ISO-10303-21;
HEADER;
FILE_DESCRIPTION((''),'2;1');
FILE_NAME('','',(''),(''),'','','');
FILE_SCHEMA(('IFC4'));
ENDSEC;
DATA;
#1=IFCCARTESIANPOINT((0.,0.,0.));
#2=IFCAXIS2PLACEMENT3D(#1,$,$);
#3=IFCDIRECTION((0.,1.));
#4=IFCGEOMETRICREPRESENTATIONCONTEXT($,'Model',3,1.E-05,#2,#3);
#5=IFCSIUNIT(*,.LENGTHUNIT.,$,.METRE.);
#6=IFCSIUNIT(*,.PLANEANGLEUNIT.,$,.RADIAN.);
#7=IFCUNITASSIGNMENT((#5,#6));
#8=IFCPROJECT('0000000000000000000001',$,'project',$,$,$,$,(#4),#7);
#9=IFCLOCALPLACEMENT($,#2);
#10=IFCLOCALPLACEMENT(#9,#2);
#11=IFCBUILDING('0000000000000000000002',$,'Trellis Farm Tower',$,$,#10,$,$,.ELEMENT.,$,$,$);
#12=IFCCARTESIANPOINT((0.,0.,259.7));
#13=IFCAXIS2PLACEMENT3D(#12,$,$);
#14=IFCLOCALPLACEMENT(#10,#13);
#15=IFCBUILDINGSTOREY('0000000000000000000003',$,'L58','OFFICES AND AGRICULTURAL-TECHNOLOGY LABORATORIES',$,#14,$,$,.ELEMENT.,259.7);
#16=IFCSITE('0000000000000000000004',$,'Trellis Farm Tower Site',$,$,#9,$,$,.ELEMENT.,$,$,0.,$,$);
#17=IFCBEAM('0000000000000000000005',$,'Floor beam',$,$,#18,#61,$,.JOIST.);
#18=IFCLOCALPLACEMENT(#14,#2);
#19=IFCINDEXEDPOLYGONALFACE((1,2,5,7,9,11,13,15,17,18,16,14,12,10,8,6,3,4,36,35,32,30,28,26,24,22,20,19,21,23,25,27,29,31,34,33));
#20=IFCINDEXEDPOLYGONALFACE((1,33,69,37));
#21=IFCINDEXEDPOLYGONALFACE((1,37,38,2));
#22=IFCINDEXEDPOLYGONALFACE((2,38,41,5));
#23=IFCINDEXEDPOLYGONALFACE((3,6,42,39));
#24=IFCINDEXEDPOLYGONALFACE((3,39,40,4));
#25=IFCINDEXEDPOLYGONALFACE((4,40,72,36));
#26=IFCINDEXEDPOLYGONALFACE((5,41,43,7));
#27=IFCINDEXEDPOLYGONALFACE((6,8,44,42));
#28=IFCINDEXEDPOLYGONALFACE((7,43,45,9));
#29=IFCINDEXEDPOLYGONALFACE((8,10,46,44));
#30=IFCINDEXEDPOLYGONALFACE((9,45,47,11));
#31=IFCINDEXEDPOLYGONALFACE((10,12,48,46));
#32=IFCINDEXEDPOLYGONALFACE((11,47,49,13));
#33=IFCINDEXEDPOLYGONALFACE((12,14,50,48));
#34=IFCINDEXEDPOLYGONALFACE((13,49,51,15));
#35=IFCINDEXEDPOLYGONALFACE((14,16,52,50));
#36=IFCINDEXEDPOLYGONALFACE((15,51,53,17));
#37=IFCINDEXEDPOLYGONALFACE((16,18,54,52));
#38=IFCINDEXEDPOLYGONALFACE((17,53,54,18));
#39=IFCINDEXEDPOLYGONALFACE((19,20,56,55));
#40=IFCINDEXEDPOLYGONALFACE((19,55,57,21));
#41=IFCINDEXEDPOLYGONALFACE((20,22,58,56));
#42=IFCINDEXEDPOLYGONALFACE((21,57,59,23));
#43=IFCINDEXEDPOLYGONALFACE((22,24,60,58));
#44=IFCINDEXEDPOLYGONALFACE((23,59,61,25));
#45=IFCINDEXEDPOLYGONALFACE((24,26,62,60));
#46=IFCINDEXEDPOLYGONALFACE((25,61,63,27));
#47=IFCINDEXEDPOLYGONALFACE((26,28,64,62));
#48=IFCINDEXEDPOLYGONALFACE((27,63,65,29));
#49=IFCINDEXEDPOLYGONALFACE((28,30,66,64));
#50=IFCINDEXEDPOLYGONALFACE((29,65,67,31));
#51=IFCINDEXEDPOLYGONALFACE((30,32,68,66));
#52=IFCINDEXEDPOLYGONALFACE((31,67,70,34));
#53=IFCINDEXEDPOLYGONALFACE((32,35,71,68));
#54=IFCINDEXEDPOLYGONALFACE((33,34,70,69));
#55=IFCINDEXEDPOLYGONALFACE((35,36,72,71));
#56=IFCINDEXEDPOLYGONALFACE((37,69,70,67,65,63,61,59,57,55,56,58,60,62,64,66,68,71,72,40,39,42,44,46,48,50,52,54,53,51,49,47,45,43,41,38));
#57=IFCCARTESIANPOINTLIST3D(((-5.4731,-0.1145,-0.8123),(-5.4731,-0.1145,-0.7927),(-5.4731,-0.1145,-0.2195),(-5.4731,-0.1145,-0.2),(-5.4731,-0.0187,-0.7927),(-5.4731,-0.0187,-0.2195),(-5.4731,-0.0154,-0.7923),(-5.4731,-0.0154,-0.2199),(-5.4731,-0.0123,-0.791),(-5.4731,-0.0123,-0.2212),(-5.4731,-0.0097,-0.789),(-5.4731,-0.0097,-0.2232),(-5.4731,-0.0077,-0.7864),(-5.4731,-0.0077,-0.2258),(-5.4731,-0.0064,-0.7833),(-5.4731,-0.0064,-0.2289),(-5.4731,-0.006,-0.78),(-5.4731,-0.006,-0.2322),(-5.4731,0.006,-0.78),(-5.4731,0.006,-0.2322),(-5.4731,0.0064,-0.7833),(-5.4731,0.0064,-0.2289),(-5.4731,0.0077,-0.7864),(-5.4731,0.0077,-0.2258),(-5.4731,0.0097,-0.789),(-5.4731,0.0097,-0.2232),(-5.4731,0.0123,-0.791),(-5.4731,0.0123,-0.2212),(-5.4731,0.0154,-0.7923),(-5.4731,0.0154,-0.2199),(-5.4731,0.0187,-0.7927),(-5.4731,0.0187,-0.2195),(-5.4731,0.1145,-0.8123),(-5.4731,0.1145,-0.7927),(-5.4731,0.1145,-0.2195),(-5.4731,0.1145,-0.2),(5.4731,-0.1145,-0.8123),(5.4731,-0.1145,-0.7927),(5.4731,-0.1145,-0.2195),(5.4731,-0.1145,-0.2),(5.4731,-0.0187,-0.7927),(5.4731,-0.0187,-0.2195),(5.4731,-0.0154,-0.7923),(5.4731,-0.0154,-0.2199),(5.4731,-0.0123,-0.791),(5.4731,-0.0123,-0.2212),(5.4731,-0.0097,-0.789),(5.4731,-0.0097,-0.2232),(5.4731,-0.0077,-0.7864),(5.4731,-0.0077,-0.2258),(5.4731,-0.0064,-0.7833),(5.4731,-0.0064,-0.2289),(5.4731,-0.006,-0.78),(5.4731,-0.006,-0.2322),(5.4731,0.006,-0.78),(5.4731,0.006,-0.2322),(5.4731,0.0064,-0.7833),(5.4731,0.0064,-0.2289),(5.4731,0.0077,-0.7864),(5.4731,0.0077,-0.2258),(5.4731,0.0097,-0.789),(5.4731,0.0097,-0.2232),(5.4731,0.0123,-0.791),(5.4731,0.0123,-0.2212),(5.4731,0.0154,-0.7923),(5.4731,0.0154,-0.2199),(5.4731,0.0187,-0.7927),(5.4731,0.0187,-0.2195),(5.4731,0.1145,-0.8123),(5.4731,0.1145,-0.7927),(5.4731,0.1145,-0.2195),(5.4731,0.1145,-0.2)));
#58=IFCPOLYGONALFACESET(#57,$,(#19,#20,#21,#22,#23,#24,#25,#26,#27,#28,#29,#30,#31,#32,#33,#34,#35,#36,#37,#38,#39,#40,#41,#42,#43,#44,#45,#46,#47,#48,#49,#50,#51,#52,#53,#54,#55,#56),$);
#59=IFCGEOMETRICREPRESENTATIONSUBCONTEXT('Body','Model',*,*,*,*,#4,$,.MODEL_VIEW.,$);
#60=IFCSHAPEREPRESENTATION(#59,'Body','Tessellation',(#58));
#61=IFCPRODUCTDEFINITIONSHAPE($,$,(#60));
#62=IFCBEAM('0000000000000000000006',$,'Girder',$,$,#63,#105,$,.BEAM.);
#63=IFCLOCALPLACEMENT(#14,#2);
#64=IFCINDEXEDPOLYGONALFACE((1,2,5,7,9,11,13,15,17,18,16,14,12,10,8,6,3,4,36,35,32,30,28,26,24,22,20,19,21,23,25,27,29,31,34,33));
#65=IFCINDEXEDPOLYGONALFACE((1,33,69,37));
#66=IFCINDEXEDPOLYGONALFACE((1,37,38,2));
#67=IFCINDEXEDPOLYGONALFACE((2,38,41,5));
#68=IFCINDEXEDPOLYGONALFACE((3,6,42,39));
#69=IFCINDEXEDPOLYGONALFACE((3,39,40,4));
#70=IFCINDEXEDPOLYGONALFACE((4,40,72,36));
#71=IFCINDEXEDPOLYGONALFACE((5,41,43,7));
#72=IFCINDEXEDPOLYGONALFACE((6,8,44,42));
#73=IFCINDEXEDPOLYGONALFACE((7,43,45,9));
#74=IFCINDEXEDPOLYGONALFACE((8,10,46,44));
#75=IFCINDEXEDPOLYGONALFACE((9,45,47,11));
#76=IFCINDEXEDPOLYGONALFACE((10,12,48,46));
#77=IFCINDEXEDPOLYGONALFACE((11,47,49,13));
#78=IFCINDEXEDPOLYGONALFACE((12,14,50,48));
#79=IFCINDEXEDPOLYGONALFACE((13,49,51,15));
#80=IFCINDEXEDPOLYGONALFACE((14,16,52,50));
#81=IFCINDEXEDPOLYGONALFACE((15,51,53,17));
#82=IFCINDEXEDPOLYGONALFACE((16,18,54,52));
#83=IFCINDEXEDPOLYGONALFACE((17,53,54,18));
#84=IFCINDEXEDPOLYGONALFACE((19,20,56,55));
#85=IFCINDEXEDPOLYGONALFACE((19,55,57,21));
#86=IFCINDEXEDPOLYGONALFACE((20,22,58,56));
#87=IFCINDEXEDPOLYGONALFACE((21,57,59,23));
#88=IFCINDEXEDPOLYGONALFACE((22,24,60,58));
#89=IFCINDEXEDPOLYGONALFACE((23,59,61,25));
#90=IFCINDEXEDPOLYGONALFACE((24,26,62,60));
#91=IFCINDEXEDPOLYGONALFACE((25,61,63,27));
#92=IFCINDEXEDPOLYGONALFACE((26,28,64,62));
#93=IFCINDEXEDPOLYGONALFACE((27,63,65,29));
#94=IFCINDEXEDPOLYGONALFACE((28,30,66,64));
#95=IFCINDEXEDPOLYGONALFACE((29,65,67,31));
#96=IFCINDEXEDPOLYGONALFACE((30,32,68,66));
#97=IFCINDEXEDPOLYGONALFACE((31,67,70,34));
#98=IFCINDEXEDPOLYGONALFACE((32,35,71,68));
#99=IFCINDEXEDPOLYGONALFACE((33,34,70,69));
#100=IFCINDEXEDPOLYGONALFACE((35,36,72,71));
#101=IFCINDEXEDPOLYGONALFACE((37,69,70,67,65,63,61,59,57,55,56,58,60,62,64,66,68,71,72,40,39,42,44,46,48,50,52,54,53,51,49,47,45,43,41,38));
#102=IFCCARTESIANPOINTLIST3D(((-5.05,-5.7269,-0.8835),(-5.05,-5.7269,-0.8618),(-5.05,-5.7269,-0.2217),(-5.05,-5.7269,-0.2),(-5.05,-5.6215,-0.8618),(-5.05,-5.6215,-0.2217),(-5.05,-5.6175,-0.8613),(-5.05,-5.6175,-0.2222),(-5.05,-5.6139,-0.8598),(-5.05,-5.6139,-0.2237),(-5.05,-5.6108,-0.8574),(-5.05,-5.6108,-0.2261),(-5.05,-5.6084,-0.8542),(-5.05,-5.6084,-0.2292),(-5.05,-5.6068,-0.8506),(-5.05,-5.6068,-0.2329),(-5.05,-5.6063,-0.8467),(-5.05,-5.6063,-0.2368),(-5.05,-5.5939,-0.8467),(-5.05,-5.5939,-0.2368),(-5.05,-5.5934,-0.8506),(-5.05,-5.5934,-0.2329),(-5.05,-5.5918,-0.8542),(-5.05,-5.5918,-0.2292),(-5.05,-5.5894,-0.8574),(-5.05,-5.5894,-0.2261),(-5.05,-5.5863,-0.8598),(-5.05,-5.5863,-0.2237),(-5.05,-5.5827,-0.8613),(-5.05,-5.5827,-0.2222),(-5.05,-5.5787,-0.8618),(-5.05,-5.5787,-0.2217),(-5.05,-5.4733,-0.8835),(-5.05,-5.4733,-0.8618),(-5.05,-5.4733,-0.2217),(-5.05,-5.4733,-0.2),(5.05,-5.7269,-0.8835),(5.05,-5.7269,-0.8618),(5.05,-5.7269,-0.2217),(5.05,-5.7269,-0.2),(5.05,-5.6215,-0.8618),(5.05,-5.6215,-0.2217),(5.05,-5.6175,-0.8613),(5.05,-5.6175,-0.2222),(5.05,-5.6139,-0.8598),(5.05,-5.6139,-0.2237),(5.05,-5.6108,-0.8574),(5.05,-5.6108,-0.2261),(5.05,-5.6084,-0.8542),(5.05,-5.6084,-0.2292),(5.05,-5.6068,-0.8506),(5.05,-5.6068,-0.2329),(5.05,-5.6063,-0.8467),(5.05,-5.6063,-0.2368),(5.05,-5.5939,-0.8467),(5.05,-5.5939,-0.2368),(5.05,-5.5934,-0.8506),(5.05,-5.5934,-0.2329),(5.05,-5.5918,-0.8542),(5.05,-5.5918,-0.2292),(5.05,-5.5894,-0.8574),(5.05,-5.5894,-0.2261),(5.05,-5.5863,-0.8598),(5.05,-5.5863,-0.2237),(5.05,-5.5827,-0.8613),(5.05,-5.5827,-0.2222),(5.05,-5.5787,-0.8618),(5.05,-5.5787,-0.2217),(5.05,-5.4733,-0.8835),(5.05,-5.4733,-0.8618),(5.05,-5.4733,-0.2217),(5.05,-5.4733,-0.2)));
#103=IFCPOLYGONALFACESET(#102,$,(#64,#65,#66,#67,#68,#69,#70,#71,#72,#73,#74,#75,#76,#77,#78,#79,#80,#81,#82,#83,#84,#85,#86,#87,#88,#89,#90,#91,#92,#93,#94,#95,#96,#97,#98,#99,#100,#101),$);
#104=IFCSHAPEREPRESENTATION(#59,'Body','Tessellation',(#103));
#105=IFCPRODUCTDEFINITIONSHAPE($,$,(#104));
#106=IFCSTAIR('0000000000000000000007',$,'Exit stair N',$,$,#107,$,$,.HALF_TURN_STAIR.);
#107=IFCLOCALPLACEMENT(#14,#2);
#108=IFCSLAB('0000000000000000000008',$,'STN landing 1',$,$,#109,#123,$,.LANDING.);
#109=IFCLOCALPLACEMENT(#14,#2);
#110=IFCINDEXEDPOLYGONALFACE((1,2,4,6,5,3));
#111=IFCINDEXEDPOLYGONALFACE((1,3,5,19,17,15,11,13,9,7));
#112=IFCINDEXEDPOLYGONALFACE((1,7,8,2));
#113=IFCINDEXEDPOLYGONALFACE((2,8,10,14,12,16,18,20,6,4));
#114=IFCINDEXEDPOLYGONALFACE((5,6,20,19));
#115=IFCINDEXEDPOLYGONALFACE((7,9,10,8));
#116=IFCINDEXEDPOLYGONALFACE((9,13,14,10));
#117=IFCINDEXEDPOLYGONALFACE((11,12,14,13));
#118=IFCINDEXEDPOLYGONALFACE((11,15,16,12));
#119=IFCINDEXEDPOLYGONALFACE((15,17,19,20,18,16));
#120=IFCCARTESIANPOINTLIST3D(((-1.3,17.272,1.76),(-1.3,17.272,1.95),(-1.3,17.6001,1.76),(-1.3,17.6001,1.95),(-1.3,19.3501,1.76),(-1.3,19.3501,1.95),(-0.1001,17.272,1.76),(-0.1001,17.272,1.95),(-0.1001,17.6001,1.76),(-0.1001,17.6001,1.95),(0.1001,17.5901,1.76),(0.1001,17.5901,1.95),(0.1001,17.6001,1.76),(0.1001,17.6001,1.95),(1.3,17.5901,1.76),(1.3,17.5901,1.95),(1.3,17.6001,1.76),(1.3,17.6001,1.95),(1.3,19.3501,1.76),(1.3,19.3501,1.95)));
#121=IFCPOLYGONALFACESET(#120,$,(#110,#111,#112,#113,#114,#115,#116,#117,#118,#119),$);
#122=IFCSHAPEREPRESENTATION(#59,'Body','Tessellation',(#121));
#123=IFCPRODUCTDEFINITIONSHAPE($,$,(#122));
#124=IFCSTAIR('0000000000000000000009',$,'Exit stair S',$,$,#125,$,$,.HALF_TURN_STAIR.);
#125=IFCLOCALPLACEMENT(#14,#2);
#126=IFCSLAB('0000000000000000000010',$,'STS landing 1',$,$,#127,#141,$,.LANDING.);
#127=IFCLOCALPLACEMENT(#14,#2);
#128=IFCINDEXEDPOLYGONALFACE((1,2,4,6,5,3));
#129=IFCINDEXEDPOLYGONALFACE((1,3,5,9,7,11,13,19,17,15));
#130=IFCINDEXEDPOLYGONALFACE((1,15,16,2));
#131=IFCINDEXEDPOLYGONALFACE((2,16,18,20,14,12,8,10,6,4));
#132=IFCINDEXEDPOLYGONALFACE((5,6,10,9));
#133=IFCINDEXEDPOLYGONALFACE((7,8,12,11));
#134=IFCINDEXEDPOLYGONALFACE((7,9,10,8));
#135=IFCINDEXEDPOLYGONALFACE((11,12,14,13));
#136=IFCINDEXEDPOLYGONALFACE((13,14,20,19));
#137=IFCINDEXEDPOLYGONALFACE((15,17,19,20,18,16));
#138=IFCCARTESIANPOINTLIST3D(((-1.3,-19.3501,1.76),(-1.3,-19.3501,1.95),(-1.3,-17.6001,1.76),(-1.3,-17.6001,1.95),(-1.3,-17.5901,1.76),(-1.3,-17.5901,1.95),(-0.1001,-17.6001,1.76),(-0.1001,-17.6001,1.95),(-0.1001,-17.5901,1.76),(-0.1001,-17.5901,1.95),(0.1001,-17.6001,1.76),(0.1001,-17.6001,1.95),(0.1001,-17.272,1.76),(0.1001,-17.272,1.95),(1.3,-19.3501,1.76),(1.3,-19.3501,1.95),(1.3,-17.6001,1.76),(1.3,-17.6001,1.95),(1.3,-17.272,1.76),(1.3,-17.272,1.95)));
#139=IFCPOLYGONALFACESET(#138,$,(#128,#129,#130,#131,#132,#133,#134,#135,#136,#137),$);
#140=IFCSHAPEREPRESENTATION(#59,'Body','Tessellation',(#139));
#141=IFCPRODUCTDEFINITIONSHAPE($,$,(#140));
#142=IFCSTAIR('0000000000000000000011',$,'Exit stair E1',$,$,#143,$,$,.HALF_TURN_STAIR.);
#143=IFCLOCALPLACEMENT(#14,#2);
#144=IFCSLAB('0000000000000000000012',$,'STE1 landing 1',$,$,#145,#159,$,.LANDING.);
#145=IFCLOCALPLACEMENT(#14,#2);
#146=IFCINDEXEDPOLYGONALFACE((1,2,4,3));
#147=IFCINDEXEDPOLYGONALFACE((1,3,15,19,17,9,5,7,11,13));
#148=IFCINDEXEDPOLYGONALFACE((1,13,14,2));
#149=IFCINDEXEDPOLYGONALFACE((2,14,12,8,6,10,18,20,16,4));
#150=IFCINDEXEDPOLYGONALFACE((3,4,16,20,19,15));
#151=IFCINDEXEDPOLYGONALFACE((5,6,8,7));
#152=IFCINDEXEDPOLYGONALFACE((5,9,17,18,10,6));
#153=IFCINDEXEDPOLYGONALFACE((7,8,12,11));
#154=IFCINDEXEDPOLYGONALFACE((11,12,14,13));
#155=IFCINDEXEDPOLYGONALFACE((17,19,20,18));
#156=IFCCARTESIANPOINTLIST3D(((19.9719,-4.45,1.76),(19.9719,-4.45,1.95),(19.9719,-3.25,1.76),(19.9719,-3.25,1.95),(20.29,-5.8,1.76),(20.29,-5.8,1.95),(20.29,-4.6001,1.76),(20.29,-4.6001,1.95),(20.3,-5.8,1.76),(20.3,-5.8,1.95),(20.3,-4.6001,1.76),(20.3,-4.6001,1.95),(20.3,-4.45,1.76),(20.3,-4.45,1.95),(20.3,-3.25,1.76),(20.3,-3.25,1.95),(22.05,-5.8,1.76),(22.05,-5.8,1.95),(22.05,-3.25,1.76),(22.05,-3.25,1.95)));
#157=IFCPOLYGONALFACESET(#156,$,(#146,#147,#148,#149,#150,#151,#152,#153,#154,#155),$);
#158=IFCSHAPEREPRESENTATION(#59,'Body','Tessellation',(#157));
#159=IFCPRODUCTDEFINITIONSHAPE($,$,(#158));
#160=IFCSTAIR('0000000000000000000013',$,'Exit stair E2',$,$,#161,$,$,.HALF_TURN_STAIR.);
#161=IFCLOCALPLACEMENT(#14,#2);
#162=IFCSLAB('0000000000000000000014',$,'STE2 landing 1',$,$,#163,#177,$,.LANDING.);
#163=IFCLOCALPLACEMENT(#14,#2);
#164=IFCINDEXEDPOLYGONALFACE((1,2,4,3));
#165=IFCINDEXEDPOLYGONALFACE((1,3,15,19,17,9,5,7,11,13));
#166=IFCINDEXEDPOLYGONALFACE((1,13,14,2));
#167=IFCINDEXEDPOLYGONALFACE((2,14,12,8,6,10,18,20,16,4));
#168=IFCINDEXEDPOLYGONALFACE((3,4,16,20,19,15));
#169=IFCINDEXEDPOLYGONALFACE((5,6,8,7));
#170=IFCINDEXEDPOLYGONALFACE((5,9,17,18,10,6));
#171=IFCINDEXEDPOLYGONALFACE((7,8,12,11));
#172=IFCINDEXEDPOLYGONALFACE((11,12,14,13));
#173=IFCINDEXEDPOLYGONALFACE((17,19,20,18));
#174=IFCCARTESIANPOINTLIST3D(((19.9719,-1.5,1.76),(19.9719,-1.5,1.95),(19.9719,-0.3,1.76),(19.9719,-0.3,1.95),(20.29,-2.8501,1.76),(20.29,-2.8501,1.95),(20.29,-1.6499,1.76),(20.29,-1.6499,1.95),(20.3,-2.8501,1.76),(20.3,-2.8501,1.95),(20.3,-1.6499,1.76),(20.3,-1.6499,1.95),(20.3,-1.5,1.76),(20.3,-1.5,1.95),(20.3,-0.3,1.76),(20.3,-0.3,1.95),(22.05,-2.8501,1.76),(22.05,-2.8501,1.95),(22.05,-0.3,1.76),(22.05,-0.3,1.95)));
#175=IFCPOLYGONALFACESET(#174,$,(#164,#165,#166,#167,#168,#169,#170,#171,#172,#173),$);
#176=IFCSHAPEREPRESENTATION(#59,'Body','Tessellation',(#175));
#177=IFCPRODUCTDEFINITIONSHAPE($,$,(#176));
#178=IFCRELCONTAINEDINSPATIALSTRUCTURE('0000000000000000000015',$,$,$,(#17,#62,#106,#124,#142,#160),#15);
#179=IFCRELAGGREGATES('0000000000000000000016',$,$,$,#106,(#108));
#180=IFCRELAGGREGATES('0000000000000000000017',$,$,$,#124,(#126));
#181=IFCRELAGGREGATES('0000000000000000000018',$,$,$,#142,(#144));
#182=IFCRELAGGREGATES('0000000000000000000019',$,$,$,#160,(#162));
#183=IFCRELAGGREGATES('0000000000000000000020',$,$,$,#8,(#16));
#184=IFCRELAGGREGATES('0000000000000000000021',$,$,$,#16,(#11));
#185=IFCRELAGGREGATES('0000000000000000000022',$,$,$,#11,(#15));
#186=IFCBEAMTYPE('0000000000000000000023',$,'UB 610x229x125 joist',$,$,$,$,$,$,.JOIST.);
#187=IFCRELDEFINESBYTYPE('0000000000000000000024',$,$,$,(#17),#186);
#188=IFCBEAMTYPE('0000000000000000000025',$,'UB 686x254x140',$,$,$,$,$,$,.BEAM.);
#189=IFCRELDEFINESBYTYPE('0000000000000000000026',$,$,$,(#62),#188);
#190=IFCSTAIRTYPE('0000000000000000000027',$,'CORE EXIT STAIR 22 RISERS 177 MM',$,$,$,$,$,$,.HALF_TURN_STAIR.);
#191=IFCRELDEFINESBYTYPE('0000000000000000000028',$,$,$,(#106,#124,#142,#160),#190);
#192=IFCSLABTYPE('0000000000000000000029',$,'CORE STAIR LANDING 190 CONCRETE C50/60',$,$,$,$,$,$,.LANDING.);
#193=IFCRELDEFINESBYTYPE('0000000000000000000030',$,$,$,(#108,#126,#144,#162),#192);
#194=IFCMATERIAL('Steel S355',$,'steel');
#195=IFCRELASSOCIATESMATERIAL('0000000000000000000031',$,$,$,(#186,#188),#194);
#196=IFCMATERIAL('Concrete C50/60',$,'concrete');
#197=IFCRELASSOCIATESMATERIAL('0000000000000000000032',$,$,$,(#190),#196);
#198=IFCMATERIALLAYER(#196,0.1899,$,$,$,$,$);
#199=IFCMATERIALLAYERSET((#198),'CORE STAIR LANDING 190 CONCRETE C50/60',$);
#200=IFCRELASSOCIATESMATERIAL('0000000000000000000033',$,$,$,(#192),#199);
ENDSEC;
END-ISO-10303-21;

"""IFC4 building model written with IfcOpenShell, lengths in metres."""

from ifc_helpers import new_model, si_unit, direction, frame, origin, origin_2d, place, context, subcontext, project, spatial, polyline, i_section, outline, extrude, source, transform, mapped, material, layer, layer_set, material_profile, profile_set, type_object, element, aggregate, save


model = new_model("IFC4")

# Units and contexts
model_context = context("Model", 3, precision=1e-05, world=origin(), true_north=direction((0.0, 1.0)))
body_context = subcontext(model_context, "Body", "Model", "MODEL_VIEW")
ifc_project = project(units=[si_unit("LENGTHUNIT", "METRE"), si_unit("PLANEANGLEUNIT", "RADIAN")], contexts=[model_context])

# Site, building, storey
site_placement = place(None, origin())
site = spatial("IfcSite", under=ifc_project, at=site_placement, Name="Trellis Farm Tower Site", CompositionType="ELEMENT", RefElevation=0.0)
building_placement = place(site_placement, origin())
building = spatial("IfcBuilding", under=site, at=building_placement, Name="Trellis Farm Tower", CompositionType="ELEMENT")
storey_placement = place(building_placement, frame((0.0, 0.0, 259.7)))
storey = spatial("IfcBuildingStorey", under=building, at=storey_placement, Name="L58", Description="OFFICES AND AGRICULTURAL-TECHNOLOGY LABORATORIES", CompositionType="ELEMENT", Elevation=259.7)

# Beams
ifc_material_1 = material(Name="Steel S355", Category="steel")
ifc_material_profile_1 = material_profile(ifc_material_1, i_section(OverallWidth=0.229, OverallDepth=0.6123, WebThickness=0.012, FlangeThickness=0.0195, FilletRadius=0.0127, at=origin_2d()), Name="UB 610x229x125")
ifc_profile_set_1 = profile_set([ifc_material_profile_1], Name="Steel S355")
beam_type_1 = type_object("IfcBeamType", Name="UB 610x229x125 joist", PredefinedType="JOIST", material=ifc_profile_set_1)
shared_shape_1 = source(origin(), body_context, "Body", "SweptSolid", [
    extrude(i_section(OverallWidth=0.229, OverallDepth=0.6123, WebThickness=0.012, FlangeThickness=0.0195, FilletRadius=0.0127, at=origin_2d()), origin(), (0.0, 0.0, 1.0), 10.9463),
])
beam_1_placement = place(storey_placement, frame((-5.4731, 0.0, -0.5061), z_axis=(1.0, 0.0, 0.0), x_axis=(0.0, 1.0, 0.0)))
element("IfcBeam", 1, at=beam_1_placement, inside=storey, type_object=beam_type_1, Name="Floor beam", PredefinedType="JOIST", context=body_context, shape_type="MappedRepresentation", body=[
    mapped(shared_shape_1, transform((0.0, 0.0, 0.0))),
])
ifc_material_profile_2 = material_profile(ifc_material_1, i_section(OverallWidth=0.2537, OverallDepth=0.6836, WebThickness=0.0125, FlangeThickness=0.0217, FilletRadius=0.0151, at=origin_2d()), Name="UB 686x254x140")
ifc_profile_set_2 = profile_set([ifc_material_profile_2], Name="Steel S355")
beam_type_2 = type_object("IfcBeamType", Name="UB 686x254x140", PredefinedType="BEAM", material=ifc_profile_set_2)
shared_shape_2 = source(origin(), body_context, "Body", "SweptSolid", [
    extrude(i_section(OverallWidth=0.2537, OverallDepth=0.6836, WebThickness=0.0125, FlangeThickness=0.0217, FilletRadius=0.0151, at=origin_2d()), origin(), (0.0, 0.0, 1.0), 10.1001),
])
beam_2_placement = place(storey_placement, frame((-5.05, -5.6001, -0.5417), z_axis=(1.0, 0.0, 0.0), x_axis=(0.0, 1.0, 0.0)))
element("IfcBeam", 2, at=beam_2_placement, inside=storey, type_object=beam_type_2, Name="Girder", PredefinedType="BEAM", context=body_context, shape_type="MappedRepresentation", body=[
    mapped(shared_shape_2, transform((0.0, 0.0, 0.0))),
])

# Stairs, slabs
ifc_material_2 = material(Name="Concrete C50/60", Category="concrete")
stair_type = type_object("IfcStairType", Name="CORE EXIT STAIR 22 RISERS 177 MM", PredefinedType="HALF_TURN_STAIR", material=ifc_material_2)
placement_1 = place(storey_placement, origin())
stair_1 = element("IfcStair", 3, at=placement_1, inside=storey, type_object=stair_type, Name="Exit stair N", PredefinedType="HALF_TURN_STAIR")
ifc_layer_1 = layer(ifc_material_2, 0.1899)
ifc_layer_set_1 = layer_set([ifc_layer_1], Name="CORE STAIR LANDING 190 CONCRETE C50/60")
slab_type_1 = type_object("IfcSlabType", Name="CORE STAIR LANDING 190 CONCRETE C50/60", PredefinedType="LANDING", material=ifc_layer_set_1)
shared_shape_3 = source(origin(), body_context, "Body", "SweptSolid", [
    extrude(outline(polyline([(-0.1001, 17.272), (-1.3, 17.272), (-1.3, 17.6001), (-1.3, 19.3501), (1.3, 19.3501), (1.3, 17.6001), (1.3, 17.5901), (0.1001, 17.5901), (0.1001, 17.6001), (-0.1001, 17.6001), (-0.1001, 17.272)])), origin(), (0.0, 0.0, 1.0), 0.1899),
])
placement_2 = place(storey_placement, frame((0.0, 0.0, 1.76)))
slab_1 = element("IfcSlab", 4, at=placement_2, type_object=slab_type_1, Name="STN landing 1", PredefinedType="LANDING", context=body_context, shape_type="MappedRepresentation", body=[
    mapped(shared_shape_3, transform((0.0, 0.0, 0.0))),
])
aggregate(stair_1, [slab_1])
stair_2 = element("IfcStair", 5, at=placement_1, inside=storey, type_object=stair_type, Name="Exit stair S", PredefinedType="HALF_TURN_STAIR")
shared_shape_4 = source(origin(), body_context, "Body", "SweptSolid", [
    extrude(outline(polyline([(1.3, -19.3501), (-1.3, -19.3501), (-1.3, -17.6001), (-1.3, -17.5901), (-0.1001, -17.5901), (-0.1001, -17.6001), (0.1001, -17.6001), (0.1001, -17.272), (1.3, -17.272), (1.3, -17.6001), (1.3, -19.3501)])), origin(), (0.0, 0.0, 1.0), 0.1899),
])
slab_2 = element("IfcSlab", 6, at=placement_2, type_object=slab_type_1, Name="STS landing 1", PredefinedType="LANDING", context=body_context, shape_type="MappedRepresentation", body=[
    mapped(shared_shape_4, transform((0.0, 0.0, 0.0))),
])
aggregate(stair_2, [slab_2])
stair_3 = element("IfcStair", 7, at=placement_1, inside=storey, type_object=stair_type, Name="Exit stair E1", PredefinedType="HALF_TURN_STAIR")
shared_shape_5 = source(origin(), body_context, "Body", "SweptSolid", [
    extrude(outline(polyline([(20.29, -5.8), (20.29, -4.6001), (20.3, -4.6001), (20.3, -4.45), (19.9719, -4.45), (19.9719, -3.25), (20.3, -3.25), (22.05, -3.25), (22.05, -5.8), (20.3, -5.8), (20.29, -5.8)])), origin(), (0.0, 0.0, 1.0), 0.1899),
])
slab_3 = element("IfcSlab", 8, at=placement_2, type_object=slab_type_1, Name="STE1 landing 1", PredefinedType="LANDING", context=body_context, shape_type="MappedRepresentation", body=[
    mapped(shared_shape_5, transform((0.0, 0.0, 0.0))),
])
aggregate(stair_3, [slab_3])
stair_4 = element("IfcStair", 9, at=placement_1, inside=storey, type_object=stair_type, Name="Exit stair E2", PredefinedType="HALF_TURN_STAIR")
shared_shape_6 = source(origin(), body_context, "Body", "SweptSolid", [
    extrude(outline(polyline([(20.29, -2.8501), (20.29, -1.6499), (20.3, -1.6499), (20.3, -1.5), (19.9719, -1.5), (19.9719, -0.3), (20.3, -0.3), (22.05, -0.3), (22.05, -2.8501), (20.3, -2.8501), (20.29, -2.8501)])), origin(), (0.0, 0.0, 1.0), 0.1899),
])
slab_4 = element("IfcSlab", 10, at=placement_2, type_object=slab_type_1, Name="STE2 landing 1", PredefinedType="LANDING", context=body_context, shape_type="MappedRepresentation", body=[
    mapped(shared_shape_6, transform((0.0, 0.0, 0.0))),
])
aggregate(stair_4, [slab_4])

save(model, "model.ifc")
